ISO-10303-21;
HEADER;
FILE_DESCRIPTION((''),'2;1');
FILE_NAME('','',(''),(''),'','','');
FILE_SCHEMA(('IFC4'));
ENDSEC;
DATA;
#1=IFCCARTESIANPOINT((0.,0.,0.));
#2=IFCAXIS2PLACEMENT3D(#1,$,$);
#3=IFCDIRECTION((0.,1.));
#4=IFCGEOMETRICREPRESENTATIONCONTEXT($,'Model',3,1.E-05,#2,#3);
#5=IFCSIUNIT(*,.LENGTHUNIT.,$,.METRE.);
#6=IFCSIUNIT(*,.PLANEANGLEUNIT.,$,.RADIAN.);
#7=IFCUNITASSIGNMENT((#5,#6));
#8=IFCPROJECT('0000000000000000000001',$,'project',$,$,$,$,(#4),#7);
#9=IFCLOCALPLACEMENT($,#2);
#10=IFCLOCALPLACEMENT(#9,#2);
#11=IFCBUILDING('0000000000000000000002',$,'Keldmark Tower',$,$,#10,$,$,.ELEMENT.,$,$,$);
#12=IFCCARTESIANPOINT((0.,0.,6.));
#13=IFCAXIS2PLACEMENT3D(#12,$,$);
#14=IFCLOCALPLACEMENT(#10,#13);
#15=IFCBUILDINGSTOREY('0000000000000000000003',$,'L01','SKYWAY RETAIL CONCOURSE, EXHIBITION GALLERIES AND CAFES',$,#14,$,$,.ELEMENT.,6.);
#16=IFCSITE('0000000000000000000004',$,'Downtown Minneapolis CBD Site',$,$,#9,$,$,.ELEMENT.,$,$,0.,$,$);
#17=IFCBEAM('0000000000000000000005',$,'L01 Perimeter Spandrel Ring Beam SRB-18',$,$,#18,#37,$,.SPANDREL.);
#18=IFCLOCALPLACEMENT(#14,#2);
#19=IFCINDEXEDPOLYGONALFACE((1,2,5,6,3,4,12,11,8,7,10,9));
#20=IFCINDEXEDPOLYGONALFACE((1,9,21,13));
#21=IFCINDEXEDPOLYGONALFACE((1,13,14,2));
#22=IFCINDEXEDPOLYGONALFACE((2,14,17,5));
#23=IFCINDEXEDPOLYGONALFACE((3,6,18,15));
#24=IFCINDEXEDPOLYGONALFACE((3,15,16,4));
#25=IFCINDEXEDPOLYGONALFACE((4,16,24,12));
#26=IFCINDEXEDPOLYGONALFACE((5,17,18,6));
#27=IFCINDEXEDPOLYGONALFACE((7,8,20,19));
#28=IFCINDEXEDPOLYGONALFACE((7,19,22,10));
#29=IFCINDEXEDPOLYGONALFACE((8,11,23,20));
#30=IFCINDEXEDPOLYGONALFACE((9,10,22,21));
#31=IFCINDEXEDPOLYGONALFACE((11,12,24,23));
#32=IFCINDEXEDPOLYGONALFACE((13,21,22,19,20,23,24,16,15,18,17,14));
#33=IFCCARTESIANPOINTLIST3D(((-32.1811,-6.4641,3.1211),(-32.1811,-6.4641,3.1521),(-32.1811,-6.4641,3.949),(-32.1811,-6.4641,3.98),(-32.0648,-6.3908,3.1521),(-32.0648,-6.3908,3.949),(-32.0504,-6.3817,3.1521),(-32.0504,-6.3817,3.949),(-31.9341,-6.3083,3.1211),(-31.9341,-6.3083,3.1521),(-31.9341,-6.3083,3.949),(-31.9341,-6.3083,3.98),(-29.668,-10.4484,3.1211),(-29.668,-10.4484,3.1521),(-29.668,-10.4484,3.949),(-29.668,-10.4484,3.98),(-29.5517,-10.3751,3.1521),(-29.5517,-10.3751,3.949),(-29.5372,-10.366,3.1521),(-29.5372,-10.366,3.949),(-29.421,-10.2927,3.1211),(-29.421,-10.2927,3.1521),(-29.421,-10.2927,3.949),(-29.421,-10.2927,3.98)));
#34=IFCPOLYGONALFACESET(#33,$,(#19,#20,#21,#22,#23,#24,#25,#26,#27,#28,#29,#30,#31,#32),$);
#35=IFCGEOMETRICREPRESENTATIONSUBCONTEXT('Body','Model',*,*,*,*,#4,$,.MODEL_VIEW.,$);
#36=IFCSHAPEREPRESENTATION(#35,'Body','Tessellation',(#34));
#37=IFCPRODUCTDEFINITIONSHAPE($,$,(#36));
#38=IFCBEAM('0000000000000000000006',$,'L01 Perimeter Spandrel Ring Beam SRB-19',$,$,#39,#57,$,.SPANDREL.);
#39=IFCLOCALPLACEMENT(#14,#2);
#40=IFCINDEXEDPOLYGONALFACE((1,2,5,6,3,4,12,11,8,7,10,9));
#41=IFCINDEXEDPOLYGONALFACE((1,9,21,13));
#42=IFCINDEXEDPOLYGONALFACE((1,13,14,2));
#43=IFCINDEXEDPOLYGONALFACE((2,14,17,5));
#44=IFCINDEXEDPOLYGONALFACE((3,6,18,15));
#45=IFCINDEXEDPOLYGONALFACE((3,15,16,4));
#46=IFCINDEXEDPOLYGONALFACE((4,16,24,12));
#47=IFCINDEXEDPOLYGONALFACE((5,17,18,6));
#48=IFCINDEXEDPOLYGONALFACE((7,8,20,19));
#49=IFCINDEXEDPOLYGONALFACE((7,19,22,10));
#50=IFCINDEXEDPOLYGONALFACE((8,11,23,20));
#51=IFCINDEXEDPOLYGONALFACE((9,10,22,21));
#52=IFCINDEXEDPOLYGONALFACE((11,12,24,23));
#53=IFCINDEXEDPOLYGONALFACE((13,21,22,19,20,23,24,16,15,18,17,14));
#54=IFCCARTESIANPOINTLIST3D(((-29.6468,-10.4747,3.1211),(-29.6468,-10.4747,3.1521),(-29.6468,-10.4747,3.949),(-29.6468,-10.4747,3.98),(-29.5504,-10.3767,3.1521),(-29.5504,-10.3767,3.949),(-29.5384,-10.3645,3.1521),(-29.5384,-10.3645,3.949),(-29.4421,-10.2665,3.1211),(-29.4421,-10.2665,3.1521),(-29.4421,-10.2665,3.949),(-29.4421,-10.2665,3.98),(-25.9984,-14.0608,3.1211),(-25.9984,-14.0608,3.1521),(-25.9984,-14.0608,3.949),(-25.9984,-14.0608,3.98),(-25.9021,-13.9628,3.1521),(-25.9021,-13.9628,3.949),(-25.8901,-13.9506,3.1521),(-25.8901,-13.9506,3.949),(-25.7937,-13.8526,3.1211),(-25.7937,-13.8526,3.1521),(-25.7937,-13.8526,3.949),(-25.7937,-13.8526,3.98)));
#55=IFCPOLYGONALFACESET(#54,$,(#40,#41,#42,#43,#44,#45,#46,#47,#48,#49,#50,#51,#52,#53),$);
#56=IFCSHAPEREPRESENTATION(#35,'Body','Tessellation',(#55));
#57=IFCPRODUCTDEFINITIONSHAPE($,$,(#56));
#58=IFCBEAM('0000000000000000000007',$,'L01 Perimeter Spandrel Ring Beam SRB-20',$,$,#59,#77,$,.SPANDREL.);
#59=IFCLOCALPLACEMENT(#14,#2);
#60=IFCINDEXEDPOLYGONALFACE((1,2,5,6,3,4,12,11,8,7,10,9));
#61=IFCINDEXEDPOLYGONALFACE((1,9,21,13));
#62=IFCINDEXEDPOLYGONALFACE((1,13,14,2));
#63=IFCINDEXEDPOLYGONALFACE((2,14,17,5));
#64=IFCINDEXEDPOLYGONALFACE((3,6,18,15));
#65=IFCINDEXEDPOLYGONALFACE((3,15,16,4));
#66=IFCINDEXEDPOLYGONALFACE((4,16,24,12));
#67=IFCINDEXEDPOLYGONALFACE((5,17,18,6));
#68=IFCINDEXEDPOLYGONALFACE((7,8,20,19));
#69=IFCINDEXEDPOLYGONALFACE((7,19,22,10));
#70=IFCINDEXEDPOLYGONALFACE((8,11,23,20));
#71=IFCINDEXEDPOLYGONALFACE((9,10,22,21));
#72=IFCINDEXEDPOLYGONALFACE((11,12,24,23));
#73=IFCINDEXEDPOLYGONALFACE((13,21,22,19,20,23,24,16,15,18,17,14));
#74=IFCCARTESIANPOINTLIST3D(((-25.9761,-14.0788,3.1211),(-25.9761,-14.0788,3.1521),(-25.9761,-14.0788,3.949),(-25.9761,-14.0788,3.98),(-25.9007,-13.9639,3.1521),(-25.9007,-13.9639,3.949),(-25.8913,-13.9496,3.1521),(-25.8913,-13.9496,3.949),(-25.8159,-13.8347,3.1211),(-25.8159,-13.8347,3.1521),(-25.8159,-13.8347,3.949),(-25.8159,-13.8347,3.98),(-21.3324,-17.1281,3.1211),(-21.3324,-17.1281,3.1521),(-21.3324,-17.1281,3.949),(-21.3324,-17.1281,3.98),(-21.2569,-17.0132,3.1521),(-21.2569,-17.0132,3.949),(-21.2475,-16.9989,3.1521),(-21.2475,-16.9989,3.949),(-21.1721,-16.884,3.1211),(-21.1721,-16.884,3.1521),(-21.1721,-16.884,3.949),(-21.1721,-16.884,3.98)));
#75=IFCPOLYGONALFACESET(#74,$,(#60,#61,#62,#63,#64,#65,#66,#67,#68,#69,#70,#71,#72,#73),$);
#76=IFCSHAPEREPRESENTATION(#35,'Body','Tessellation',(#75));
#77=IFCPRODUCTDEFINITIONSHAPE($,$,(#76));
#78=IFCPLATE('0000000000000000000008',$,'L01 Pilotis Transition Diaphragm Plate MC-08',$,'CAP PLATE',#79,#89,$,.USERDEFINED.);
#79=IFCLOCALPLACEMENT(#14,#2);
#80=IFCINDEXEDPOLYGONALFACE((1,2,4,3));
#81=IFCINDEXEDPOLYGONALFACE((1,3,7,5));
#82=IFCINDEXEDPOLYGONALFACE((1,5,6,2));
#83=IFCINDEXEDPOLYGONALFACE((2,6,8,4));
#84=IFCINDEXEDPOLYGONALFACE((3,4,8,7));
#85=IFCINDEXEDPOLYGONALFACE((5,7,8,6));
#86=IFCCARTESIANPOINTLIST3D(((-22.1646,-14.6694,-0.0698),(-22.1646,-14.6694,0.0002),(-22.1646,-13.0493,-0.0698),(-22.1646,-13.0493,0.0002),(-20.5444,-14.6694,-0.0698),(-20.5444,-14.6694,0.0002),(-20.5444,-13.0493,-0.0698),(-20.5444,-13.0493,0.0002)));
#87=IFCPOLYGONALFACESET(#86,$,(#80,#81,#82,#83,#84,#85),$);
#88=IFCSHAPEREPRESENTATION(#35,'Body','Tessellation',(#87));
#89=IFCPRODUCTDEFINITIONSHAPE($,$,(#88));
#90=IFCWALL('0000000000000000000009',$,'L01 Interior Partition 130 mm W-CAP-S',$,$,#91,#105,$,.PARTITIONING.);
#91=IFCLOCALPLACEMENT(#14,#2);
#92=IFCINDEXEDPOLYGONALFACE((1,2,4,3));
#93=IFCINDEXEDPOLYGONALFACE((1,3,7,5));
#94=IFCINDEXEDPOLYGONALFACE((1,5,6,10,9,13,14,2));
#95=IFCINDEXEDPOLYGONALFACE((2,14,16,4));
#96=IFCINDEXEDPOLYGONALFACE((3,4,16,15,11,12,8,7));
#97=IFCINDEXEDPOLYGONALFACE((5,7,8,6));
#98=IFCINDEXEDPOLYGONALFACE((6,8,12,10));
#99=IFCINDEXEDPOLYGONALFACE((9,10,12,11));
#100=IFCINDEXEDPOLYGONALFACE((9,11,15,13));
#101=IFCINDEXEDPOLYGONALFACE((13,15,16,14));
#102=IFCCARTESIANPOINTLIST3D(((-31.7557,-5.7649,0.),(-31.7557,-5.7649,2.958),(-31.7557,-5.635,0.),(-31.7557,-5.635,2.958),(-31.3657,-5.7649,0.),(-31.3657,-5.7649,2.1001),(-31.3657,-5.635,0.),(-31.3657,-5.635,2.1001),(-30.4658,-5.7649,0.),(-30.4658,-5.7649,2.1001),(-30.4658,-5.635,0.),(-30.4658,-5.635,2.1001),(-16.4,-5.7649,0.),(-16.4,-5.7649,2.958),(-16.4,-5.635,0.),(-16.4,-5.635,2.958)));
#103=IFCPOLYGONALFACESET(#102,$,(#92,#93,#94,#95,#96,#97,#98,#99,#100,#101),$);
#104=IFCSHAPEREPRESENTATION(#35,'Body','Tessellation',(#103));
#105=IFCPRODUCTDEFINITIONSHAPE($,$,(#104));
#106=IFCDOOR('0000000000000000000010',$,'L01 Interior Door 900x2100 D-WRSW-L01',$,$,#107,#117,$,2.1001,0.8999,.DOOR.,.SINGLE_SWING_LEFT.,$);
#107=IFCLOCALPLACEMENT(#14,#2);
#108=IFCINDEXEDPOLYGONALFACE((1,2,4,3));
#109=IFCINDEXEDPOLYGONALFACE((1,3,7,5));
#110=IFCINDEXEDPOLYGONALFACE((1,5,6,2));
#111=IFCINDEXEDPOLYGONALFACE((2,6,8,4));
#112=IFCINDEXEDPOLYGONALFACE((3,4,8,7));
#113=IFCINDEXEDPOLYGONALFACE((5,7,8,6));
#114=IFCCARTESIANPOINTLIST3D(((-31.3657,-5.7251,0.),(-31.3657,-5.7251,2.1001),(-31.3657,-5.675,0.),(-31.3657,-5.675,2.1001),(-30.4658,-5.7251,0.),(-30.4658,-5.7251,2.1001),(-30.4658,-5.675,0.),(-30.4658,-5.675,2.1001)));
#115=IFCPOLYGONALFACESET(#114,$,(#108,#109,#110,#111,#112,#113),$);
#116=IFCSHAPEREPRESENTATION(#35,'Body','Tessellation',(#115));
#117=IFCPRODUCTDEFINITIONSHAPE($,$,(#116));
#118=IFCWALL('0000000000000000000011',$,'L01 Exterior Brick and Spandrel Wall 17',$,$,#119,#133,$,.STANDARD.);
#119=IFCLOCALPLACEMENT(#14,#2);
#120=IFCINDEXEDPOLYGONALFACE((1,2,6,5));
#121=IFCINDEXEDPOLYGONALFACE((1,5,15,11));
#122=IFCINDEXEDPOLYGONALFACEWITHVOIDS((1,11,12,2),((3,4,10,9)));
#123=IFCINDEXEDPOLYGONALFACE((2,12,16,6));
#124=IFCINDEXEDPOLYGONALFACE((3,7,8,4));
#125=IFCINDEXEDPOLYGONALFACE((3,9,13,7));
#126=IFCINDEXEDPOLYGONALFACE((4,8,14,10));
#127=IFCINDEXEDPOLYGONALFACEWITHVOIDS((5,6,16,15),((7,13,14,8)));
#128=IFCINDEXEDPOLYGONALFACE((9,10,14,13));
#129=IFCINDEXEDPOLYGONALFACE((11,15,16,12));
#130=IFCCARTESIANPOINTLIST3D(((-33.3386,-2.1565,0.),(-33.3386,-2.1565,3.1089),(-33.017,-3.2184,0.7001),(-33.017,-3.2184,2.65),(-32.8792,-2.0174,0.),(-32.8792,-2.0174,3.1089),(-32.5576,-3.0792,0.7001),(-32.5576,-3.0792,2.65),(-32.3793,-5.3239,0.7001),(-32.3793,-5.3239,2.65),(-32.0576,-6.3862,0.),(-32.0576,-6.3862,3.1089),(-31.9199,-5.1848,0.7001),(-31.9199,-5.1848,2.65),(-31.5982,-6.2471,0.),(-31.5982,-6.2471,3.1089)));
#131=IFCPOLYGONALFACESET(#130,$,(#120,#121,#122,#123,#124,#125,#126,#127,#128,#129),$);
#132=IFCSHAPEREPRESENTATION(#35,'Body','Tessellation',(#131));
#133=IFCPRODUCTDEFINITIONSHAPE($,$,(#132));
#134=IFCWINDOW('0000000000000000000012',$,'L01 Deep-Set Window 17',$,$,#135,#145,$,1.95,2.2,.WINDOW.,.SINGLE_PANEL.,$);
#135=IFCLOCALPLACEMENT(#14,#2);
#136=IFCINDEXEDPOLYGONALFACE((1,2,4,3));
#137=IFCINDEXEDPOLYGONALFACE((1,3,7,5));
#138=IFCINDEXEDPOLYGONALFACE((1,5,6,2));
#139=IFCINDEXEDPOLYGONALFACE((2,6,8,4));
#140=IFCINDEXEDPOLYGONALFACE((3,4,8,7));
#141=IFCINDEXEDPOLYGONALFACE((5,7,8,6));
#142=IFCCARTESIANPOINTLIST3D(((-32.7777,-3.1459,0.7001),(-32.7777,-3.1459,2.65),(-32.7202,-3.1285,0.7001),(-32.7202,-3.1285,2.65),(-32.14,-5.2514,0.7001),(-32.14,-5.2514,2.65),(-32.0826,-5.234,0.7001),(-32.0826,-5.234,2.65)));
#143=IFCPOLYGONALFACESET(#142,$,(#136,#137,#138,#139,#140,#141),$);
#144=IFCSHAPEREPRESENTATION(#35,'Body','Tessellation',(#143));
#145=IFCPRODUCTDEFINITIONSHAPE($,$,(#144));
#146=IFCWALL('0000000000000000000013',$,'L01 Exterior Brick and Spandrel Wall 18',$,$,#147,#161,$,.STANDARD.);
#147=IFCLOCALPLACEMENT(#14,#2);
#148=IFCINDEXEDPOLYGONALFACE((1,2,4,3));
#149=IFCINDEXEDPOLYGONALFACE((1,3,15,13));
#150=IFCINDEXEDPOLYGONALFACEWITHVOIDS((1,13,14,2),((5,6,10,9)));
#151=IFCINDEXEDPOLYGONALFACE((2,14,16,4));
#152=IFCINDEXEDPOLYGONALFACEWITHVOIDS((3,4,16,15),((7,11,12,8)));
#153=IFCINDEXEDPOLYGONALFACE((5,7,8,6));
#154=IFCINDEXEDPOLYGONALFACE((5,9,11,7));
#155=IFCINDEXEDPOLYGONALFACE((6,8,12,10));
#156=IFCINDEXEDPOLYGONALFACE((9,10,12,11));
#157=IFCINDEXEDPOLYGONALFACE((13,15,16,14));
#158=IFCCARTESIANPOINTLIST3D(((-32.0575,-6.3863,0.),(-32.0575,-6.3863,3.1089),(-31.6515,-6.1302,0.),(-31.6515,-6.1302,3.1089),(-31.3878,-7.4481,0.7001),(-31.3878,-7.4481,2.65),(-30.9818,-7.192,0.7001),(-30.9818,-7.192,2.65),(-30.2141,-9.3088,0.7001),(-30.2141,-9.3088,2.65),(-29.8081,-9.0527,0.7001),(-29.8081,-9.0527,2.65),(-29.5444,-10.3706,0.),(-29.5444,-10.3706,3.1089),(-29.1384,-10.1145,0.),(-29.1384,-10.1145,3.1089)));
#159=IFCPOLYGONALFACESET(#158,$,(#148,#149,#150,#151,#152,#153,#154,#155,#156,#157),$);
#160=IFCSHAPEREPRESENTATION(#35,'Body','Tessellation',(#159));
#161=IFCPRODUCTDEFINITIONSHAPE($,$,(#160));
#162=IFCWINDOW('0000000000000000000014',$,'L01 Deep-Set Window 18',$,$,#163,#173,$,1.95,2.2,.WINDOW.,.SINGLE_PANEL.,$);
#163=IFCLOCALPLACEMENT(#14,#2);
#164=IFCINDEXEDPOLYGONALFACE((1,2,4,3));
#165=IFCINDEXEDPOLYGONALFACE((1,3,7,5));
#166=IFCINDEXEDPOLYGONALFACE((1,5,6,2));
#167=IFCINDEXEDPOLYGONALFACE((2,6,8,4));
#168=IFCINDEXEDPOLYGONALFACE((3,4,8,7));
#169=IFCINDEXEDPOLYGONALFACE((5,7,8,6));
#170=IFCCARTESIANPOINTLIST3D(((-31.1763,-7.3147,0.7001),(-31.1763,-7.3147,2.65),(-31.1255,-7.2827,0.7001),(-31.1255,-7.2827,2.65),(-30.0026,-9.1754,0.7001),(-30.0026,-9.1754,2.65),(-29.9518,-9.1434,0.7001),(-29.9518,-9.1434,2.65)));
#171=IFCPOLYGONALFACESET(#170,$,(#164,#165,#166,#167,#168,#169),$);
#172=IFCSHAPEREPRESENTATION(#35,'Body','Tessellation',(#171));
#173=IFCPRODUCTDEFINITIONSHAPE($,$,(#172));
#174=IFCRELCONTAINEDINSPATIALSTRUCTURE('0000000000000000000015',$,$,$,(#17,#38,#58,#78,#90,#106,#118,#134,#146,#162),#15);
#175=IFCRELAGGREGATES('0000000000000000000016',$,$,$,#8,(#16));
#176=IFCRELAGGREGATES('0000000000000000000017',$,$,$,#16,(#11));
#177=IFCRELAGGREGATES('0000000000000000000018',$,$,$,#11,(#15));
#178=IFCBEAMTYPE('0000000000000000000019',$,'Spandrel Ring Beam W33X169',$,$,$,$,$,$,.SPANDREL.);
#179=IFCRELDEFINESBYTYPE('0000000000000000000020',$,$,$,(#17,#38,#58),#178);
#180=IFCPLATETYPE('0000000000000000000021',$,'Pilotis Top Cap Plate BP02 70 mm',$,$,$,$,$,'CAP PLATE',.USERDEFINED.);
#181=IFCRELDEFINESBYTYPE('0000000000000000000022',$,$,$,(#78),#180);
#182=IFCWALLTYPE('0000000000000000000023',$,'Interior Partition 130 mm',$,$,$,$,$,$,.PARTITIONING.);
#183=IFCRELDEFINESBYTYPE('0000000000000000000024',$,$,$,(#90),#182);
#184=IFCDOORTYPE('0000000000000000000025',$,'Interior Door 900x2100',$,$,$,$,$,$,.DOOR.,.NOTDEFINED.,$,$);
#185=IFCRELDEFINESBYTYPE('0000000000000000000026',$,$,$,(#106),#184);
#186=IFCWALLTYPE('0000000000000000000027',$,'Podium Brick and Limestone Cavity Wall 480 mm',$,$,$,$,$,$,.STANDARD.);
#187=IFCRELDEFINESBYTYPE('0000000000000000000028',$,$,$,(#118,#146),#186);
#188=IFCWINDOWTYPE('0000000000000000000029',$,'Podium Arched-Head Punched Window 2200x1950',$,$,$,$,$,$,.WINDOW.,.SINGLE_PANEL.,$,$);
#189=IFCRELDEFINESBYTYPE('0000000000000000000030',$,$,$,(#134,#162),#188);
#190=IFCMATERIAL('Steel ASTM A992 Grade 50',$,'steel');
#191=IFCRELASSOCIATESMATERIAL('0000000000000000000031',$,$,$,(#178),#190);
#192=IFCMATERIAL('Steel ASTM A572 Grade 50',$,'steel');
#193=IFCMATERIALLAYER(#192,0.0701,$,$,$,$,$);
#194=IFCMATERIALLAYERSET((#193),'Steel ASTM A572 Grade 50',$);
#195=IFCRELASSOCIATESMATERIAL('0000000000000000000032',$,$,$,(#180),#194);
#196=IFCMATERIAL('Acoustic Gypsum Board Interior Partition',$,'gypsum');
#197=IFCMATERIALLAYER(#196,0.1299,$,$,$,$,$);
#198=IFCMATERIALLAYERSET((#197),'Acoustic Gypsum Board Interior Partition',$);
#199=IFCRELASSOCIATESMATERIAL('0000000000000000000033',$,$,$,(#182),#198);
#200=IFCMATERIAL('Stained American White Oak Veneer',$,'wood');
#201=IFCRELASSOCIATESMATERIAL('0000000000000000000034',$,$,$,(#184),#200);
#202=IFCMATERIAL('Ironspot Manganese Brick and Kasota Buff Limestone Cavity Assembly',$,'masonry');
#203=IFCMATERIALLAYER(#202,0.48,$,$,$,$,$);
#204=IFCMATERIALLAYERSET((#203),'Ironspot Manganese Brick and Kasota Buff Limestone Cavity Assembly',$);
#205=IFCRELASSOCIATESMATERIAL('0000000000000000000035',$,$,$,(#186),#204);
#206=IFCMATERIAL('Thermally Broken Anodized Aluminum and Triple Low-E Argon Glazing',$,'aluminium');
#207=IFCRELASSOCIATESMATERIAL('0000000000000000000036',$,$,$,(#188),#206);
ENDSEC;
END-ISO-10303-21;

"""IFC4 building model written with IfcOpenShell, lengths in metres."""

from ifc_helpers import new_model, si_unit, direction, frame, frame_2d, origin, origin_2d, place, context, subcontext, project, spatial, rectangle, i_section, extrude, material, layer, layer_set, material_profile, profile_set, type_object, element, fill, save


model = new_model("IFC4")

# Units and contexts
model_context = context("Model", 3, precision=1e-05, world=origin(), true_north=direction((0.0, 1.0)))
body_context = subcontext(model_context, "Body", "Model", "MODEL_VIEW")
ifc_project = project(units=[si_unit("LENGTHUNIT", "METRE"), si_unit("PLANEANGLEUNIT", "RADIAN")], contexts=[model_context])

# Site, building, storey
site_placement = place(None, origin())
site = spatial("IfcSite", under=ifc_project, at=site_placement, Name="Downtown Minneapolis CBD Site", CompositionType="ELEMENT", RefElevation=0.0)
building_placement = place(site_placement, origin())
building = spatial("IfcBuilding", under=site, at=building_placement, Name="Keldmark Tower", CompositionType="ELEMENT")
storey_placement = place(building_placement, frame((0.0, 0.0, 6.0)))
storey = spatial("IfcBuildingStorey", under=building, at=storey_placement, Name="L01", Description="SKYWAY RETAIL CONCOURSE, EXHIBITION GALLERIES AND CAFES", CompositionType="ELEMENT", Elevation=6.0)

# Beams
ifc_material_1 = material(Name="Steel ASTM A992 Grade 50", Category="steel")
ifc_material_profile_1 = material_profile(ifc_material_1, i_section(OverallWidth=0.292, OverallDepth=0.8589, WebThickness=0.0171, FlangeThickness=0.031, at=origin_2d()), Name="W33X169")
ifc_profile_set_1 = profile_set([ifc_material_profile_1], Name="Steel ASTM A992 Grade 50")
beam_type_1 = type_object("IfcBeamType", Name="Spandrel Ring Beam W33X169", PredefinedType="SPANDREL", material=ifc_profile_set_1)
beam_1_placement = place(storey_placement, frame((-32.0576, -6.3862, 3.5505), z_axis=(0.533498, -0.845802, 0.0), x_axis=(0.845802, 0.533498, 0.0)))
element("IfcBeam", 1, at=beam_1_placement, inside=storey, type_object=beam_type_1, Name="L01 Perimeter Spandrel Ring Beam SRB-18", PredefinedType="SPANDREL", context=body_context, shape_type="SweptSolid", body=[
    extrude(i_section(OverallWidth=0.292, OverallDepth=0.8589, WebThickness=0.0171, FlangeThickness=0.031, at=origin_2d()), origin(), (0.0, 0.0, 1.0), 4.7107),
])
beam_2_placement = place(storey_placement, frame((-29.5444, -10.3706, 3.5505), z_axis=(0.713165, -0.700996, 0.0), x_axis=(0.700996, 0.713165, 0.0)))
element("IfcBeam", 2, at=beam_2_placement, inside=storey, type_object=beam_type_1, Name="L01 Perimeter Spandrel Ring Beam SRB-19", PredefinedType="SPANDREL", context=body_context, shape_type="SweptSolid", body=[
    extrude(i_section(OverallWidth=0.292, OverallDepth=0.8589, WebThickness=0.0171, FlangeThickness=0.031, at=origin_2d()), origin(), (0.0, 0.0, 1.0), 5.1157),
])
beam_3_placement = place(storey_placement, frame((-25.896, -13.9568, 3.5505), z_axis=(0.835897, -0.548886, 0.0), x_axis=(0.548886, 0.835897, 0.0)))
element("IfcBeam", 3, at=beam_3_placement, inside=storey, type_object=beam_type_1, Name="L01 Perimeter Spandrel Ring Beam SRB-20", PredefinedType="SPANDREL", context=body_context, shape_type="SweptSolid", body=[
    extrude(i_section(OverallWidth=0.292, OverallDepth=0.8589, WebThickness=0.0171, FlangeThickness=0.031, at=origin_2d()), origin(), (0.0, 0.0, 1.0), 5.5554),
])

# Plate
ifc_material_2 = material(Name="Steel ASTM A572 Grade 50", Category="steel")
ifc_layer_1 = layer(ifc_material_2, 0.0701)
ifc_layer_set_1 = layer_set([ifc_layer_1], Name="Steel ASTM A572 Grade 50")
plate_type = type_object("IfcPlateType", Name="Pilotis Top Cap Plate BP02 70 mm", ElementType="CAP PLATE", PredefinedType="USERDEFINED", material=ifc_layer_set_1)
plate_placement = place(storey_placement, frame((-21.3545, -13.8594, -0.0698), z_axis=(0.0, 0.0, 1.0), x_axis=(1.0, 0.0, 0.0)))
element("IfcPlate", 4, at=plate_placement, inside=storey, type_object=plate_type, Name="L01 Pilotis Transition Diaphragm Plate MC-08", ObjectType="CAP PLATE", PredefinedType="USERDEFINED", context=body_context, shape_type="SweptSolid", body=[
    extrude(rectangle(XDim=1.6201, YDim=1.6201, at=origin_2d()), origin(), (0.0, 0.0, 1.0), 0.0701),
])

# Wall, opening, door
ifc_material_3 = material(Name="Acoustic Gypsum Board Interior Partition", Category="gypsum")
ifc_layer_2 = layer(ifc_material_3, 0.1299)
ifc_layer_set_2 = layer_set([ifc_layer_2], Name="Acoustic Gypsum Board Interior Partition")
wall_type_1 = type_object("IfcWallType", Name="Interior Partition 130 mm", PredefinedType="PARTITIONING", material=ifc_layer_set_2)
wall_1_placement = place(storey_placement, frame((-31.7556, -5.7, 0.0), z_axis=(0.0, 0.0, 1.0), x_axis=(1.0, 0.0, 0.0)))
wall_1 = element("IfcWall", 5, at=wall_1_placement, inside=storey, type_object=wall_type_1, Name="L01 Interior Partition 130 mm W-CAP-S", PredefinedType="PARTITIONING", context=body_context, shape_type="SweptSolid", body=[
    extrude(rectangle(XDim=15.3557, YDim=0.1299, at=frame_2d((7.6777, 0.0))), origin(), (0.0, 0.0, 1.0), 2.958),
])
opening_1_placement = place(wall_1_placement, frame((0.3899, 0.0, 0.0)))
opening_1 = element("IfcOpeningElement", 6, at=opening_1_placement, cuts=wall_1, PredefinedType="OPENING", context=body_context, shape_type="SweptSolid", body=[
    extrude(rectangle(XDim=0.8999, YDim=2.1001, at=frame_2d((0.45, 1.05))), frame((0.0, 0.075, 0.0), z_axis=(0.0, -1.0, 0.0), x_axis=(1.0, 0.0, 0.0)), (0.0, 0.0, 1.0), 0.1499),
])
ifc_material_4 = material(Name="Stained American White Oak Veneer", Category="wood")
door_type = type_object("IfcDoorType", Name="Interior Door 900x2100", OperationType="NOTDEFINED", PredefinedType="DOOR", material=ifc_material_4)
door_placement = place(opening_1_placement, origin())
door = element("IfcDoor", 7, at=door_placement, inside=storey, type_object=door_type, Name="L01 Interior Door 900x2100 D-WRSW-L01", OperationType="SINGLE_SWING_LEFT", OverallHeight=2.1001, OverallWidth=0.8999, PredefinedType="DOOR", context=body_context, shape_type="SweptSolid", body=[
    extrude(rectangle(XDim=0.8999, YDim=2.1001, at=frame_2d((0.45, 1.05))), frame((0.0, 0.0249, 0.0), z_axis=(0.0, -1.0, 0.0), x_axis=(1.0, 0.0, 0.0)), (0.0, 0.0, 1.0), 0.05),
])
fill(opening_1, door)

# Walls, openings, windows
ifc_material_5 = material(Name="Ironspot Manganese Brick and Kasota Buff Limestone Cavity Assembly", Category="masonry")
ifc_layer_3 = layer(ifc_material_5, 0.48)
ifc_layer_set_3 = layer_set([ifc_layer_3], Name="Ironspot Manganese Brick and Kasota Buff Limestone Cavity Assembly")
wall_type_2 = type_object("IfcWallType", Name="Podium Brick and Limestone Cavity Wall 480 mm", PredefinedType="STANDARD", material=ifc_layer_set_3)
wall_2_placement = place(storey_placement, frame((-31.8279, -6.3167, 0.0), z_axis=(0.0, 0.0, 1.0), x_axis=(-0.289856, 0.95707, 0.0)))
wall_2 = element("IfcWall", 8, at=wall_2_placement, inside=storey, type_object=wall_type_2, Name="L01 Exterior Brick and Spandrel Wall 17", PredefinedType="STANDARD", context=body_context, shape_type="SweptSolid", body=[
    extrude(rectangle(XDim=4.4194, YDim=0.48, at=frame_2d((2.2097, 0.0))), origin(), (0.0, 0.0, 1.0), 3.1089),
])
opening_2_placement = place(wall_2_placement, frame((1.1099, 0.0, 0.7)))
opening_2 = element("IfcOpeningElement", 9, at=opening_2_placement, cuts=wall_2, PredefinedType="OPENING", context=body_context, shape_type="SweptSolid", body=[
    extrude(rectangle(XDim=2.2, YDim=1.95, at=frame_2d((1.1001, 0.9751))), frame((0.0, 0.25, 0.0), z_axis=(0.0, -1.0, 0.0), x_axis=(1.0, 0.0, 0.0)), (0.0, 0.0, 1.0), 0.5),
])
ifc_material_6 = material(Name="Thermally Broken Anodized Aluminum and Triple Low-E Argon Glazing", Category="aluminium")
window_type = type_object("IfcWindowType", Name="Podium Arched-Head Punched Window 2200x1950", PartitioningType="SINGLE_PANEL", PredefinedType="WINDOW", material=ifc_material_6)
window_1_placement = place(opening_2_placement, origin())
window_1 = element("IfcWindow", 10, at=window_1_placement, inside=storey, type_object=window_type, Name="L01 Deep-Set Window 17", OverallHeight=1.95, OverallWidth=2.2, PartitioningType="SINGLE_PANEL", PredefinedType="WINDOW", context=body_context, shape_type="SweptSolid", body=[
    extrude(rectangle(XDim=2.2, YDim=1.95, at=frame_2d((1.1001, 0.9751))), frame((0.0, -0.01, 0.0), z_axis=(0.0, -1.0, 0.0), x_axis=(1.0, 0.0, 0.0)), (0.0, 0.0, 1.0), 0.0601),
])
fill(opening_2, window_1)
wall_3_placement = place(storey_placement, frame((-29.3413, -10.2427, 0.0), z_axis=(0.0, 0.0, 1.0), x_axis=(-0.533498, 0.845802, 0.0)))
wall_3 = element("IfcWall", 11, at=wall_3_placement, inside=storey, type_object=wall_type_2, Name="L01 Exterior Brick and Spandrel Wall 18", PredefinedType="STANDARD", context=body_context, shape_type="SweptSolid", body=[
    extrude(rectangle(XDim=4.7107, YDim=0.48, at=frame_2d((2.3555, 0.0))), origin(), (0.0, 0.0, 1.0), 3.1089),
])
opening_3_placement = place(wall_3_placement, frame((1.2554, 0.0, 0.7)))
opening_3 = element("IfcOpeningElement", 12, at=opening_3_placement, cuts=wall_3, PredefinedType="OPENING", context=body_context, shape_type="SweptSolid", body=[
    extrude(rectangle(XDim=2.2, YDim=1.95, at=frame_2d((1.1001, 0.9751))), frame((0.0, 0.25, 0.0), z_axis=(0.0, -1.0, 0.0), x_axis=(1.0, 0.0, 0.0)), (0.0, 0.0, 1.0), 0.5),
])
window_2_placement = place(opening_3_placement, origin())
window_2 = element("IfcWindow", 13, at=window_2_placement, inside=storey, type_object=window_type, Name="L01 Deep-Set Window 18", OverallHeight=1.95, OverallWidth=2.2, PartitioningType="SINGLE_PANEL", PredefinedType="WINDOW", context=body_context, shape_type="SweptSolid", body=[
    extrude(rectangle(XDim=2.2, YDim=1.95, at=frame_2d((1.1001, 0.9751))), frame((0.0, -0.01, 0.0), z_axis=(0.0, -1.0, 0.0), x_axis=(1.0, 0.0, 0.0)), (0.0, 0.0, 1.0), 0.0601),
])
fill(opening_3, window_2)

save(model, "model.ifc")
